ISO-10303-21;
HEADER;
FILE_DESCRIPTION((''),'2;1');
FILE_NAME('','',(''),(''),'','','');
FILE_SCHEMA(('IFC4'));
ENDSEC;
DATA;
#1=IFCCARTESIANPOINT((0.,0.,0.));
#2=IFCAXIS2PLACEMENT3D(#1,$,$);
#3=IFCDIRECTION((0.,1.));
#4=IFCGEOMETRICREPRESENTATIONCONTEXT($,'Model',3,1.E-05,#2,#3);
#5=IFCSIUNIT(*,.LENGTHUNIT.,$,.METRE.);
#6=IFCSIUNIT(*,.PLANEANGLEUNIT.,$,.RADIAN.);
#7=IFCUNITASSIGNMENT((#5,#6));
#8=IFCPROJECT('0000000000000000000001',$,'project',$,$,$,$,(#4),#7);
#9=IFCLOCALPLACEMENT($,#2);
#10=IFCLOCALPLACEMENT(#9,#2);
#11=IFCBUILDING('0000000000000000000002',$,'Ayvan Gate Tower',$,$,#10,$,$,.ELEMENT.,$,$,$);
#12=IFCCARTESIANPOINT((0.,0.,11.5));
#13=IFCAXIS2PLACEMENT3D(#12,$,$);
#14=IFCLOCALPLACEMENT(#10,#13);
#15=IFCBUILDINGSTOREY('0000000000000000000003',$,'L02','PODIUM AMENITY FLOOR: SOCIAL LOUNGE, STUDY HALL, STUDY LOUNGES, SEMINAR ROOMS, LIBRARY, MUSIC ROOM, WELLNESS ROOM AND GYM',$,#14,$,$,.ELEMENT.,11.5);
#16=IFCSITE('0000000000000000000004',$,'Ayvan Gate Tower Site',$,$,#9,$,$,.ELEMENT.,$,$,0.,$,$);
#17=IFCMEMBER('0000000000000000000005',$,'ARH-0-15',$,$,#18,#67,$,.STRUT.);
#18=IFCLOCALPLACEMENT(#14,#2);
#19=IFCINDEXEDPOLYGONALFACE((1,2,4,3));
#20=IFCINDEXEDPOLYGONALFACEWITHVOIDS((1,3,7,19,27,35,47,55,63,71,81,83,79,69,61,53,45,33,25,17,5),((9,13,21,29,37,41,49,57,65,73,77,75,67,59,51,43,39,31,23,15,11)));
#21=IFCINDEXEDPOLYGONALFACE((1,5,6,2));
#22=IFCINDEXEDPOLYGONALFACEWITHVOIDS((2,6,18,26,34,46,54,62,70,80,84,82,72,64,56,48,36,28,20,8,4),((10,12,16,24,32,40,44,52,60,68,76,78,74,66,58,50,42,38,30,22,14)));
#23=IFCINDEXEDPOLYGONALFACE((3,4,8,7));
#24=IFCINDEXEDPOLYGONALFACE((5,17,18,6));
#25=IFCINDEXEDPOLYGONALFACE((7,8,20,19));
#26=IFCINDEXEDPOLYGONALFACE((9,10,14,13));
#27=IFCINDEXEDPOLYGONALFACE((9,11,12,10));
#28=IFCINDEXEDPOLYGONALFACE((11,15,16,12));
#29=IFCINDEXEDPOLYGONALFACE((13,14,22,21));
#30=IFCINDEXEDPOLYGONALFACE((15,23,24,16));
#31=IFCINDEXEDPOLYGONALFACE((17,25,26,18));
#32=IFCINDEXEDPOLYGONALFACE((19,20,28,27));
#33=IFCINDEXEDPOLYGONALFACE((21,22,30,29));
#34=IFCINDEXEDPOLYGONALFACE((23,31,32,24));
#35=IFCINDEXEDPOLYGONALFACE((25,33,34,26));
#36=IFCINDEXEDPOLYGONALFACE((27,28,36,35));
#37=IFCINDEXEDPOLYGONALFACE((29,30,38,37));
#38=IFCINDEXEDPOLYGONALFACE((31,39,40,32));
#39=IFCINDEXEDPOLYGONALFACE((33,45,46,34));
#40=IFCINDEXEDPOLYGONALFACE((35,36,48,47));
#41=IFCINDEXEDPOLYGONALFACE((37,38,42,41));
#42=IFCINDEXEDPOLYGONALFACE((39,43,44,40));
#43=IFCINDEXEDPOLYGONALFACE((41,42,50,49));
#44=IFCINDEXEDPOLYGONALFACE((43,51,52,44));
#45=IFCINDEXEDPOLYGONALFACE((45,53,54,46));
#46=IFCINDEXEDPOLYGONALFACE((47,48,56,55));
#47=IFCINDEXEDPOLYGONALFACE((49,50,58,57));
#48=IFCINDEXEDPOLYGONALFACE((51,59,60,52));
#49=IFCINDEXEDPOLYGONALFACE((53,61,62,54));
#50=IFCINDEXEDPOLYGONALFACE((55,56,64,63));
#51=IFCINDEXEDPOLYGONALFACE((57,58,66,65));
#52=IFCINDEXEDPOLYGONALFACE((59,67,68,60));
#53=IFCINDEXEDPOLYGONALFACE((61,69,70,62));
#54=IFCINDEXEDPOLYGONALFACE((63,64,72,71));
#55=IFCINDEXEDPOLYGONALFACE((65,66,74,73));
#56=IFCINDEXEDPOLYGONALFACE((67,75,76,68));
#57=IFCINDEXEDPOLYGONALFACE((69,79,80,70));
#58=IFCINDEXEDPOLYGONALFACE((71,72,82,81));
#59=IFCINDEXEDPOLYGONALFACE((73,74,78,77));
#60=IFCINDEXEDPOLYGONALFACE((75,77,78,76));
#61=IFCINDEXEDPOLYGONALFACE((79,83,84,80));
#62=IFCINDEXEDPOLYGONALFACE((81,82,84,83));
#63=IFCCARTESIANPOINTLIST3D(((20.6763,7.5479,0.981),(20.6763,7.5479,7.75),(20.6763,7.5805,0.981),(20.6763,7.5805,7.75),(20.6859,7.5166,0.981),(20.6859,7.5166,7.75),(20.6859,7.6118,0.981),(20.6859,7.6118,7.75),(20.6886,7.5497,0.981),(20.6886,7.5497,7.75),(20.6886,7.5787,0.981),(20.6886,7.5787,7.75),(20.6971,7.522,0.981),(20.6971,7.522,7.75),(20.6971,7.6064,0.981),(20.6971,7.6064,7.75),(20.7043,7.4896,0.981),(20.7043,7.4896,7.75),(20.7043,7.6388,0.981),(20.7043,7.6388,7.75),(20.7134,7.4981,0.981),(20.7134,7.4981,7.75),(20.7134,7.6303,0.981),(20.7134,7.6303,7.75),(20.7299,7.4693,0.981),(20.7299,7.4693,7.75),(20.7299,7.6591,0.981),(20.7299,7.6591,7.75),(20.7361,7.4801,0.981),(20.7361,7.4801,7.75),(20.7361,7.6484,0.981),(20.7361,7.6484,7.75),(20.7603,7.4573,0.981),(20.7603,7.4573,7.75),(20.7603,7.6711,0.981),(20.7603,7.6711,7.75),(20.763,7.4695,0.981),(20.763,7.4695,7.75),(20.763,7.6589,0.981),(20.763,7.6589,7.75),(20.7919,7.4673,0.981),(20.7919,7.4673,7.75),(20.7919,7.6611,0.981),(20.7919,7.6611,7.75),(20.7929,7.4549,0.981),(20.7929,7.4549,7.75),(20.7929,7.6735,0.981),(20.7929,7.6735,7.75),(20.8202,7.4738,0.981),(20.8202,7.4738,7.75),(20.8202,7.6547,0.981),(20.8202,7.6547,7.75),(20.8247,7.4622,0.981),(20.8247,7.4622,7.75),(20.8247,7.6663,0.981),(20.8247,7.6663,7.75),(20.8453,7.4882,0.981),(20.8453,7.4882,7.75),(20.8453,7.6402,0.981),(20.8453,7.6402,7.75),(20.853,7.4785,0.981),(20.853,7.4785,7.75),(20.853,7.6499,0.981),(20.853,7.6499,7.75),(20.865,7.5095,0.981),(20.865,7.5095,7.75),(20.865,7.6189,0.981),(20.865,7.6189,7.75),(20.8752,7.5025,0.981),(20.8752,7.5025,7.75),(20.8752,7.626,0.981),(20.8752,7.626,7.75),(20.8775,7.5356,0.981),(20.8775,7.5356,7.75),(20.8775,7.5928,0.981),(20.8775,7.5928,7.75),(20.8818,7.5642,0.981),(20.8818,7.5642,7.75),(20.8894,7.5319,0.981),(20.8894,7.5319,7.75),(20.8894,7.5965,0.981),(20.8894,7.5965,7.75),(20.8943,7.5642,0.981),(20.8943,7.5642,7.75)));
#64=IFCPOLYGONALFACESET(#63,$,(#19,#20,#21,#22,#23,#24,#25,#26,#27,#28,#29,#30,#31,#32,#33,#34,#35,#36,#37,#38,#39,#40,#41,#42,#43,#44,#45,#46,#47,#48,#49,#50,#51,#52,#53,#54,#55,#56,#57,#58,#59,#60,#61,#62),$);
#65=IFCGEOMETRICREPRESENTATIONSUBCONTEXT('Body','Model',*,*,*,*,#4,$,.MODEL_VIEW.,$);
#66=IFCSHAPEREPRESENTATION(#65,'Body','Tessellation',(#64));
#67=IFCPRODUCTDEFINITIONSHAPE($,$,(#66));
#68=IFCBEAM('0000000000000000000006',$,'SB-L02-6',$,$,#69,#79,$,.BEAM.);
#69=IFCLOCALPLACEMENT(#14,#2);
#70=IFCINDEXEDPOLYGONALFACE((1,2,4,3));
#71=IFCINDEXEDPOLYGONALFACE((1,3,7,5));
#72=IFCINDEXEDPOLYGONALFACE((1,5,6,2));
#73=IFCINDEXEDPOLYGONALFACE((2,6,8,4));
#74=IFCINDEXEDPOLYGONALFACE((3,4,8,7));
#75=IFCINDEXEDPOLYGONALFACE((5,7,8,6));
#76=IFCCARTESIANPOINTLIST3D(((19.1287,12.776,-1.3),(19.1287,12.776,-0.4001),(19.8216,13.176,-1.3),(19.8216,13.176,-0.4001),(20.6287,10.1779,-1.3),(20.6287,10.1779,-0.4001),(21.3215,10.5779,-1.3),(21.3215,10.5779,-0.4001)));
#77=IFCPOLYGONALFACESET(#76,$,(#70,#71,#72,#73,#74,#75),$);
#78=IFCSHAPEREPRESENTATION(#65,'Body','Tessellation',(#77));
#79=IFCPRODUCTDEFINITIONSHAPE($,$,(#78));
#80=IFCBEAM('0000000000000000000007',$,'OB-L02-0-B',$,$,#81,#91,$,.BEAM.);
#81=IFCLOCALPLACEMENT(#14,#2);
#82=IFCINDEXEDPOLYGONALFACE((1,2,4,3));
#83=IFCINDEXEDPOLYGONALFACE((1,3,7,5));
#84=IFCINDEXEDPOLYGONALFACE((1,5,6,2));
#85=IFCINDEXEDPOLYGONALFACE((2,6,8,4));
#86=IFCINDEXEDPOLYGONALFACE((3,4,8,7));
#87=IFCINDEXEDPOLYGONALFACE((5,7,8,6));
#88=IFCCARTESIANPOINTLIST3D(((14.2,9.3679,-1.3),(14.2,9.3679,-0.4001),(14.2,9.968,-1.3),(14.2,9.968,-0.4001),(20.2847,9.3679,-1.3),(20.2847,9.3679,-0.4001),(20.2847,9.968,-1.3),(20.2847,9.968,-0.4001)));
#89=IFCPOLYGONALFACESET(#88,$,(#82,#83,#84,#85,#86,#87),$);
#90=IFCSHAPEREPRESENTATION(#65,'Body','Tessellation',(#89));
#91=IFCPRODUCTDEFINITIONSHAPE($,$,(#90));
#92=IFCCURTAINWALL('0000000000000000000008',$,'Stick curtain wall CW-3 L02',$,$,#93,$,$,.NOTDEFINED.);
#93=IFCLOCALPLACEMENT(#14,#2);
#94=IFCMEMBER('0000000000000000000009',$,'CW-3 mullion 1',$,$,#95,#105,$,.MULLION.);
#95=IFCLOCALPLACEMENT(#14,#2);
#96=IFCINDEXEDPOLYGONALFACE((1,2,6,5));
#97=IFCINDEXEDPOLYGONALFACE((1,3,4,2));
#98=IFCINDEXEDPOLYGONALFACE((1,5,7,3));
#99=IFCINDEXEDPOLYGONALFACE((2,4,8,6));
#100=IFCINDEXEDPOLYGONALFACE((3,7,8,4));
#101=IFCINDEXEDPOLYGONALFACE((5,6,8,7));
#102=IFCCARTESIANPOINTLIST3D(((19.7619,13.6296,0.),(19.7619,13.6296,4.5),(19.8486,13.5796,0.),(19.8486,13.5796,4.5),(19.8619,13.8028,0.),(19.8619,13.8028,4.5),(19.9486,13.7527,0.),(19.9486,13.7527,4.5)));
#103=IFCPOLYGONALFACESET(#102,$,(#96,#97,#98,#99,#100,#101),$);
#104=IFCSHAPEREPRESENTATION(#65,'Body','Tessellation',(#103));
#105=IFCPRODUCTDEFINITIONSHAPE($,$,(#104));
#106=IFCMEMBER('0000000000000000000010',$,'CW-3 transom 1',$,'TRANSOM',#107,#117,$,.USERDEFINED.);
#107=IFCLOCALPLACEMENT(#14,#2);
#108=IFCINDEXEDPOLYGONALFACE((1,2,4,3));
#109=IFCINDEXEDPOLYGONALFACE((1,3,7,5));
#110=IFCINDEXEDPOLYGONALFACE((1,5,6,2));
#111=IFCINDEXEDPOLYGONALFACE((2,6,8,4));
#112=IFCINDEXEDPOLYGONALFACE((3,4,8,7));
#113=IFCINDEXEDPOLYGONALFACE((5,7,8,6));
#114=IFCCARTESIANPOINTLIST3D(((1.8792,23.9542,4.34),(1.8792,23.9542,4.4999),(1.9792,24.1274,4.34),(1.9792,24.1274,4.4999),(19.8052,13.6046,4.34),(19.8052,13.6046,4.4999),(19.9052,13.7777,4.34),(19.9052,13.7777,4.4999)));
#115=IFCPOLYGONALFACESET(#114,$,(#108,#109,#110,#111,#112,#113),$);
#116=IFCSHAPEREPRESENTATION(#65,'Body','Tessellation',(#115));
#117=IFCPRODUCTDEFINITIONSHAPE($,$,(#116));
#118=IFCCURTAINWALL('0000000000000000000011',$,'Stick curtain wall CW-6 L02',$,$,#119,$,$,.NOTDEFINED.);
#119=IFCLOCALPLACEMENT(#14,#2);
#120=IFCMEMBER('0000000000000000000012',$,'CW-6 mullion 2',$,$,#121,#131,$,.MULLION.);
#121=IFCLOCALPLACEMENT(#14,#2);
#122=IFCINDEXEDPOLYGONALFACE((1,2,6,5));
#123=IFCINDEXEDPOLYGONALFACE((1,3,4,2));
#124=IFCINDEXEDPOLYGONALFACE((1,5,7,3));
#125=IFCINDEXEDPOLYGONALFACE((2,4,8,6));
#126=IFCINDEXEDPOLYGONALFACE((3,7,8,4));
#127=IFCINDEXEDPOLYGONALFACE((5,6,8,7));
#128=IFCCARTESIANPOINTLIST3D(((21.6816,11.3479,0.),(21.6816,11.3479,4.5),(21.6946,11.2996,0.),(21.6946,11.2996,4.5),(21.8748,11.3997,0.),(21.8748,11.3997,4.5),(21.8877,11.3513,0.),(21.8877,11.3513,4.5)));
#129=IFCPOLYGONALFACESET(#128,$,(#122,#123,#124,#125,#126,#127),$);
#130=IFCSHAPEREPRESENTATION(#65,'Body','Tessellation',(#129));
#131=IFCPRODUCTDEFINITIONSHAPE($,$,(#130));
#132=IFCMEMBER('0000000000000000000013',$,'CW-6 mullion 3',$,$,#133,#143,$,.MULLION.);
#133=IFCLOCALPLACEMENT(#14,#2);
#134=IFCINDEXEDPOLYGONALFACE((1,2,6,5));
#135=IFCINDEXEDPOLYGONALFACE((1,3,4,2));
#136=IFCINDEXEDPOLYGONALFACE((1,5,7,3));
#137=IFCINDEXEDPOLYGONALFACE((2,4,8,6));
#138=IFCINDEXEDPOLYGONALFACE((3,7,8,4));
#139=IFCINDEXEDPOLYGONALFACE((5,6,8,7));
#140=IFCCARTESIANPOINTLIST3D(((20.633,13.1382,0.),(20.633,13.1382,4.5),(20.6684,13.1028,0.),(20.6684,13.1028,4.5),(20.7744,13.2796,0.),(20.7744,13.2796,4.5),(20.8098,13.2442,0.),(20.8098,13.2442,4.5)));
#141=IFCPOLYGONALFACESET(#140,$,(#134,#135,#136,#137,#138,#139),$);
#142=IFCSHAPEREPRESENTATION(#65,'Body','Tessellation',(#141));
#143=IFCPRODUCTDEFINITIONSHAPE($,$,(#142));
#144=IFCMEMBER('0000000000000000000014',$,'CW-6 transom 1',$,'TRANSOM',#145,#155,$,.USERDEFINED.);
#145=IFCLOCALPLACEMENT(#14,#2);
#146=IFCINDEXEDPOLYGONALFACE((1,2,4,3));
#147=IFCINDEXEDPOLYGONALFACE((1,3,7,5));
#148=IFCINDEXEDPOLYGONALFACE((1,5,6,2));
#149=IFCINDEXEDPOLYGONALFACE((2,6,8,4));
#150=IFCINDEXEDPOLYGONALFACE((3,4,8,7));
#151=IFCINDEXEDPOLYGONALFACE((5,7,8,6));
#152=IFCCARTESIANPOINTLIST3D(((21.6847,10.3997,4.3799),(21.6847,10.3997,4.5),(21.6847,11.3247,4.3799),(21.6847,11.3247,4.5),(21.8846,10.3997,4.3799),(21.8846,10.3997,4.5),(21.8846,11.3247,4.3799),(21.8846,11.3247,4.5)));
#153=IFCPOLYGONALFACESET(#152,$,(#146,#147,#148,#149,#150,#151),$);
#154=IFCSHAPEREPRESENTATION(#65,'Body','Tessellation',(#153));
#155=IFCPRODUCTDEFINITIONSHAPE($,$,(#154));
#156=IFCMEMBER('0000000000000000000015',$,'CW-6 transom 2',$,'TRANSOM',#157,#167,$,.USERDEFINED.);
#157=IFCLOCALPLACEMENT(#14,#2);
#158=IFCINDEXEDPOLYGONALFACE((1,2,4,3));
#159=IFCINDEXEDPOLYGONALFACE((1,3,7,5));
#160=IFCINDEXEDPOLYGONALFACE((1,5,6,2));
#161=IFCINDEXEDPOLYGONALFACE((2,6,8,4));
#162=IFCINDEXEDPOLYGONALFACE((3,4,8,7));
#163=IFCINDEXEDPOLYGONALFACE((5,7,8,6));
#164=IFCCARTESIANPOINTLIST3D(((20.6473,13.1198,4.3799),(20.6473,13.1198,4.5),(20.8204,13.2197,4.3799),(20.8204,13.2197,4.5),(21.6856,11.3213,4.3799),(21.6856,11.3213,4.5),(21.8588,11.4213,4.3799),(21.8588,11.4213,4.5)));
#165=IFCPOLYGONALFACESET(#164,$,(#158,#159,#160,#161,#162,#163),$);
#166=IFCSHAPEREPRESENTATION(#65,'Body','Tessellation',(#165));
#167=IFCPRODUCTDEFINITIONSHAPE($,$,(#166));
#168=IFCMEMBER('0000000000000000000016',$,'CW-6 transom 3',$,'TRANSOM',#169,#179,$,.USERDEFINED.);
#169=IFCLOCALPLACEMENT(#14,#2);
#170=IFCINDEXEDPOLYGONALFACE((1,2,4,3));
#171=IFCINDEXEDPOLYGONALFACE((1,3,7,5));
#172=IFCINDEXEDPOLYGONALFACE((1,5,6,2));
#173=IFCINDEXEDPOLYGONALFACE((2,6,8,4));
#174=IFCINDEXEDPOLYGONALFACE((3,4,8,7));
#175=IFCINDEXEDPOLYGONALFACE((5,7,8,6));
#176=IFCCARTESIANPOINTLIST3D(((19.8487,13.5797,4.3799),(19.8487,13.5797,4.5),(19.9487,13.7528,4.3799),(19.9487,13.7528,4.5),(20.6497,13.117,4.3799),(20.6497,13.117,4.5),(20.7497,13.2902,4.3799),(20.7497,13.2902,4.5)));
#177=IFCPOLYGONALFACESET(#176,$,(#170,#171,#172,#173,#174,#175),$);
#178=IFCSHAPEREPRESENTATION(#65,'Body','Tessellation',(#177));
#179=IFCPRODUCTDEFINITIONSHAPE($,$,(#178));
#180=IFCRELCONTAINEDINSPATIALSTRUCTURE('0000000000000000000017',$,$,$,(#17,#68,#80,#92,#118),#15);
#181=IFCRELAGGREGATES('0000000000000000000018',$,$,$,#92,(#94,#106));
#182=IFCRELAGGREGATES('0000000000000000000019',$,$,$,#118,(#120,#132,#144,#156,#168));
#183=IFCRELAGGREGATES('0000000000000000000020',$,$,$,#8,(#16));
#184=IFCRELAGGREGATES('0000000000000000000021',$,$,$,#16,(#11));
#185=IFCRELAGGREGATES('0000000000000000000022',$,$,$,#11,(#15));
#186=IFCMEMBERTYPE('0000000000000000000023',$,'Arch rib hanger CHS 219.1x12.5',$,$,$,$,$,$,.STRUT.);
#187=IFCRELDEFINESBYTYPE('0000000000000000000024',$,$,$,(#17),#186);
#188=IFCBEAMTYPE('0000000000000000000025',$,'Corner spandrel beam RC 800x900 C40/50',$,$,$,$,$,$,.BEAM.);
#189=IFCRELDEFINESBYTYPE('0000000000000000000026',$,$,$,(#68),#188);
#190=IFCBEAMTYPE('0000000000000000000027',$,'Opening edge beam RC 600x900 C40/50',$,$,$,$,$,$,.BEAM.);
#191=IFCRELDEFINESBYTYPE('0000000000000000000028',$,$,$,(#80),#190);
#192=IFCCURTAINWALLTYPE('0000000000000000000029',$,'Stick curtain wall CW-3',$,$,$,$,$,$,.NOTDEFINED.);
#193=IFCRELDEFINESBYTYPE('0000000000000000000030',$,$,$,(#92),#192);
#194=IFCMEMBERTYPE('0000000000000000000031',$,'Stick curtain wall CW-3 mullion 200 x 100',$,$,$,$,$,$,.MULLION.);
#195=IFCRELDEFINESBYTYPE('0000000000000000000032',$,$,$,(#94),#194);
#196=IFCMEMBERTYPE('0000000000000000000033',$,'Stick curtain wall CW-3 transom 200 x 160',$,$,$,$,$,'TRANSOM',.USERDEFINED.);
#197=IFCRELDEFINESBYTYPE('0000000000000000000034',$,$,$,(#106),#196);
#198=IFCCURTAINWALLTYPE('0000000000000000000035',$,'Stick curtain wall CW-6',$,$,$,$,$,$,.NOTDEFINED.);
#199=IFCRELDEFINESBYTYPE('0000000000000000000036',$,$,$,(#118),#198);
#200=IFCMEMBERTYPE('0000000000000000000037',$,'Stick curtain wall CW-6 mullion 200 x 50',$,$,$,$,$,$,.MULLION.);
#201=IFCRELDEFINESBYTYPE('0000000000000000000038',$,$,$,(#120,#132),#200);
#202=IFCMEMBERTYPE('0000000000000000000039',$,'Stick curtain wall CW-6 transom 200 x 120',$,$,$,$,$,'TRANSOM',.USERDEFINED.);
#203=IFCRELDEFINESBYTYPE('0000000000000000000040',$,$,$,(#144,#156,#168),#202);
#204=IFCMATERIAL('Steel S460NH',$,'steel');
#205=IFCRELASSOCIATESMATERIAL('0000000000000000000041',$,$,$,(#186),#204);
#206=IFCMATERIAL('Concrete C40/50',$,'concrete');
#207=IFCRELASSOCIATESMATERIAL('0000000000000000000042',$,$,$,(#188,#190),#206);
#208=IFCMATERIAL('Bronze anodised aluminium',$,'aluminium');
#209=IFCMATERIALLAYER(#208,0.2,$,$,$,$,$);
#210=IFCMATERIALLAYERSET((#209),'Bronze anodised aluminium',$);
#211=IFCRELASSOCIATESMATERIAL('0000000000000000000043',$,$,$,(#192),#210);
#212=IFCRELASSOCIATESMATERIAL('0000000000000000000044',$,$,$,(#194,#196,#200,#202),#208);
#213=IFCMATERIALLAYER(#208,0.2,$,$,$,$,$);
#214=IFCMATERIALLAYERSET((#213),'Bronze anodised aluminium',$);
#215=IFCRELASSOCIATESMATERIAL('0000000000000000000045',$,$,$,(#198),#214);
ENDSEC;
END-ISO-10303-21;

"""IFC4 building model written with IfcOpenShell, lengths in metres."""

from ifc_helpers import new_model, si_unit, direction, frame, origin, origin_2d, place, context, subcontext, project, spatial, rectangle, hollow_circle, extrude, material, layer, layer_set, material_profile, profile_set, type_object, element, aggregate, save


model = new_model("IFC4")

# Units and contexts
model_context = context("Model", 3, precision=1e-05, world=origin(), true_north=direction((0.0, 1.0)))
body_context = subcontext(model_context, "Body", "Model", "MODEL_VIEW")
ifc_project = project(units=[si_unit("LENGTHUNIT", "METRE"), si_unit("PLANEANGLEUNIT", "RADIAN")], contexts=[model_context])

# Site, building, storey
site_placement = place(None, origin())
site = spatial("IfcSite", under=ifc_project, at=site_placement, Name="Ayvan Gate Tower Site", CompositionType="ELEMENT", RefElevation=0.0)
building_placement = place(site_placement, origin())
building = spatial("IfcBuilding", under=site, at=building_placement, Name="Ayvan Gate Tower", CompositionType="ELEMENT")
storey_placement = place(building_placement, frame((0.0, 0.0, 11.5)))
storey = spatial("IfcBuildingStorey", under=building, at=storey_placement, Name="L02", Description="PODIUM AMENITY FLOOR: SOCIAL LOUNGE, STUDY HALL, STUDY LOUNGES, SEMINAR ROOMS, LIBRARY, MUSIC ROOM, WELLNESS ROOM AND GYM", CompositionType="ELEMENT", Elevation=11.5)

# Member
ifc_material_1 = material(Name="Steel S460NH", Category="steel")
ifc_material_profile_1 = material_profile(ifc_material_1, hollow_circle(Radius=0.1096, WallThickness=0.0125, at=origin_2d()), Name="CHS 219.1x12.5")
ifc_profile_set_1 = profile_set([ifc_material_profile_1], Name="Steel S460NH")
member_type_1 = type_object("IfcMemberType", Name="Arch rib hanger CHS 219.1x12.5", PredefinedType="STRUT", material=ifc_profile_set_1)
member_1_placement = place(storey_placement, frame((20.7847, 7.5642, 0.981), z_axis=(0.0, 0.0, 1.0), x_axis=(1.0, 0.0, 0.0)))
element("IfcMember", 1, at=member_1_placement, inside=storey, type_object=member_type_1, Name="ARH-0-15", PredefinedType="STRUT", context=body_context, shape_type="SweptSolid", body=[
    extrude(hollow_circle(Radius=0.1096, WallThickness=0.0125, at=origin_2d()), origin(), (0.0, 0.0, 1.0), 6.769),
])

# Beams
ifc_material_2 = material(Name="Concrete C40/50", Category="concrete")
ifc_material_profile_2 = material_profile(ifc_material_2, rectangle(XDim=0.8, YDim=0.8999, at=origin_2d()), Name="RC 800x900")
ifc_profile_set_2 = profile_set([ifc_material_profile_2], Name="Concrete C40/50")
beam_type_1 = type_object("IfcBeamType", Name="Corner spandrel beam RC 800x900 C40/50", PredefinedType="BEAM", material=ifc_profile_set_2)
beam_1_placement = place(storey_placement, frame((20.9751, 10.3779, -0.8501), z_axis=(-0.49999, 0.866031, 0.0), x_axis=(-0.866031, -0.49999, 0.0)))
element("IfcBeam", 2, at=beam_1_placement, inside=storey, type_object=beam_type_1, Name="SB-L02-6", PredefinedType="BEAM", context=body_context, shape_type="SweptSolid", body=[
    extrude(rectangle(XDim=0.8, YDim=0.8999, at=origin_2d()), origin(), (0.0, 0.0, 1.0), 3.0),
])
ifc_material_profile_3 = material_profile(ifc_material_2, rectangle(XDim=0.6001, YDim=0.8999, at=origin_2d()), Name="RC 600x900")
ifc_profile_set_3 = profile_set([ifc_material_profile_3], Name="Concrete C40/50")
beam_type_2 = type_object("IfcBeamType", Name="Opening edge beam RC 600x900 C40/50", PredefinedType="BEAM", material=ifc_profile_set_3)
beam_2_placement = place(storey_placement, frame((20.2847, 9.668, -0.8501), z_axis=(-1.0, 0.0, 0.0), x_axis=(0.0, -1.0, 0.0)))
element("IfcBeam", 3, at=beam_2_placement, inside=storey, type_object=beam_type_2, Name="OB-L02-0-B", PredefinedType="BEAM", context=body_context, shape_type="SweptSolid", body=[
    extrude(rectangle(XDim=0.6001, YDim=0.8999, at=origin_2d()), origin(), (0.0, 0.0, 1.0), 6.0847),
])

# Curtain wall, members
ifc_material_3 = material(Name="Bronze anodised aluminium", Category="aluminium")
ifc_layer_1 = layer(ifc_material_3, 0.2)
ifc_layer_set_1 = layer_set([ifc_layer_1], Name="Bronze anodised aluminium")
curtain_wall_type_1 = type_object("IfcCurtainWallType", Name="Stick curtain wall CW-3", PredefinedType="NOTDEFINED", material=ifc_layer_set_1)
curtain_wall_1_placement = place(storey_placement, origin())
curtain_wall_1 = element("IfcCurtainWall", 4, at=curtain_wall_1_placement, inside=storey, type_object=curtain_wall_type_1, Name="Stick curtain wall CW-3 L02", PredefinedType="NOTDEFINED")
ifc_material_profile_4 = material_profile(ifc_material_3, rectangle(XDim=0.2, YDim=0.1001, at=origin_2d()), Name="Stick curtain wall CW-3 mullion 200 x 100")
ifc_profile_set_4 = profile_set([ifc_material_profile_4], Name="Bronze anodised aluminium")
member_type_2 = type_object("IfcMemberType", Name="Stick curtain wall CW-3 mullion 200 x 100", PredefinedType="MULLION", material=ifc_profile_set_4)
member_2_placement = place(storey_placement, frame((19.8552, 13.6912, 0.0), z_axis=(0.0, 0.0, 1.0), x_axis=(0.5, 0.866025, 0.0)))
member_2 = element("IfcMember", 5, at=member_2_placement, type_object=member_type_2, Name="CW-3 mullion 1", PredefinedType="MULLION", context=body_context, shape_type="SweptSolid", body=[
    extrude(rectangle(XDim=0.2, YDim=0.1001, at=origin_2d()), origin(), (0.0, 0.0, 1.0), 4.5),
])
ifc_material_profile_5 = material_profile(ifc_material_3, rectangle(XDim=0.2, YDim=0.1599, at=origin_2d()), Name="Stick curtain wall CW-3 transom 200 x 160")
ifc_profile_set_5 = profile_set([ifc_material_profile_5], Name="Bronze anodised aluminium")
member_type_3 = type_object("IfcMemberType", Name="Stick curtain wall CW-3 transom 200 x 160", ElementType="TRANSOM", PredefinedType="USERDEFINED", material=ifc_profile_set_5)
member_3_placement = place(storey_placement, frame((19.8552, 13.6912, 4.4199), z_axis=(-0.866025, 0.5, 0.0), x_axis=(-0.5, -0.866025, 0.0)))
member_3 = element("IfcMember", 6, at=member_3_placement, type_object=member_type_3, Name="CW-3 transom 1", ObjectType="TRANSOM", PredefinedType="USERDEFINED", context=body_context, shape_type="SweptSolid", body=[
    extrude(rectangle(XDim=0.2, YDim=0.1599, at=origin_2d()), origin(), (0.0, 0.0, 1.0), 20.6992),
])
aggregate(curtain_wall_1, [member_2, member_3])

# Curtain wall, members
ifc_layer_2 = layer(ifc_material_3, 0.2)
ifc_layer_set_2 = layer_set([ifc_layer_2], Name="Bronze anodised aluminium")
curtain_wall_type_2 = type_object("IfcCurtainWallType", Name="Stick curtain wall CW-6", PredefinedType="NOTDEFINED", material=ifc_layer_set_2)
curtain_wall_2_placement = place(storey_placement, origin())
curtain_wall_2 = element("IfcCurtainWall", 7, at=curtain_wall_2_placement, inside=storey, type_object=curtain_wall_type_2, Name="Stick curtain wall CW-6 L02", PredefinedType="NOTDEFINED")
ifc_material_profile_6 = material_profile(ifc_material_3, rectangle(XDim=0.2, YDim=0.05, at=origin_2d()), Name="Stick curtain wall CW-6 mullion 200 x 50")
ifc_profile_set_6 = profile_set([ifc_material_profile_6], Name="Bronze anodised aluminium")
member_type_4 = type_object("IfcMemberType", Name="Stick curtain wall CW-6 mullion 200 x 50", PredefinedType="MULLION", material=ifc_profile_set_6)
member_4_placement = place(storey_placement, frame((21.7847, 11.3496, 0.0), z_axis=(0.0, 0.0, 1.0), x_axis=(0.965926, 0.258819, 0.0)))
member_4 = element("IfcMember", 8, at=member_4_placement, type_object=member_type_4, Name="CW-6 mullion 2", PredefinedType="MULLION", context=body_context, shape_type="SweptSolid", body=[
    extrude(rectangle(XDim=0.2, YDim=0.05, at=origin_2d()), origin(), (0.0, 0.0, 1.0), 4.5),
])
member_5_placement = place(storey_placement, frame((20.7214, 13.1912, 0.0), z_axis=(0.0, 0.0, 1.0), x_axis=(0.707107, 0.707107, 0.0)))
member_5 = element("IfcMember", 9, at=member_5_placement, type_object=member_type_4, Name="CW-6 mullion 3", PredefinedType="MULLION", context=body_context, shape_type="SweptSolid", body=[
    extrude(rectangle(XDim=0.2, YDim=0.05, at=origin_2d()), origin(), (0.0, 0.0, 1.0), 4.5),
])
ifc_material_profile_7 = material_profile(ifc_material_3, rectangle(XDim=0.2, YDim=0.1201, at=origin_2d()), Name="Stick curtain wall CW-6 transom 200 x 120")
ifc_profile_set_7 = profile_set([ifc_material_profile_7], Name="Bronze anodised aluminium")
member_type_5 = type_object("IfcMemberType", Name="Stick curtain wall CW-6 transom 200 x 120", ElementType="TRANSOM", PredefinedType="USERDEFINED", material=ifc_profile_set_7)
member_6_placement = place(storey_placement, frame((21.7847, 10.3997, 4.4399), z_axis=(0.0, 1.0, 0.0), x_axis=(-1.0, 0.0, 0.0)))
member_6 = element("IfcMember", 10, at=member_6_placement, type_object=member_type_5, Name="CW-6 transom 1", ObjectType="TRANSOM", PredefinedType="USERDEFINED", context=body_context, shape_type="SweptSolid", body=[
    extrude(rectangle(XDim=0.2, YDim=0.1201, at=origin_2d()), origin(), (0.0, 0.0, 1.0), 0.925),
])
member_7_placement = place(storey_placement, frame((21.7722, 11.3713, 4.4399), z_axis=(-0.500021, 0.866013, 0.0), x_axis=(-0.866013, -0.500021, 0.0)))
member_7 = element("IfcMember", 11, at=member_7_placement, type_object=member_type_5, Name="CW-6 transom 2", ObjectType="TRANSOM", PredefinedType="USERDEFINED", context=body_context, shape_type="SweptSolid", body=[
    extrude(rectangle(XDim=0.2, YDim=0.1201, at=origin_2d()), origin(), (0.0, 0.0, 1.0), 2.0767),
])
member_8_placement = place(storey_placement, frame((20.6997, 13.2036, 4.4399), z_axis=(-0.865944, 0.500141, 0.0), x_axis=(-0.500141, -0.865944, 0.0)))
member_8 = element("IfcMember", 12, at=member_8_placement, type_object=member_type_5, Name="CW-6 transom 3", ObjectType="TRANSOM", PredefinedType="USERDEFINED", context=body_context, shape_type="SweptSolid", body=[
    extrude(rectangle(XDim=0.2, YDim=0.1201, at=origin_2d()), origin(), (0.0, 0.0, 1.0), 0.925),
])
aggregate(curtain_wall_2, [member_4, member_5, member_6, member_7, member_8])

save(model, "model.ifc")
